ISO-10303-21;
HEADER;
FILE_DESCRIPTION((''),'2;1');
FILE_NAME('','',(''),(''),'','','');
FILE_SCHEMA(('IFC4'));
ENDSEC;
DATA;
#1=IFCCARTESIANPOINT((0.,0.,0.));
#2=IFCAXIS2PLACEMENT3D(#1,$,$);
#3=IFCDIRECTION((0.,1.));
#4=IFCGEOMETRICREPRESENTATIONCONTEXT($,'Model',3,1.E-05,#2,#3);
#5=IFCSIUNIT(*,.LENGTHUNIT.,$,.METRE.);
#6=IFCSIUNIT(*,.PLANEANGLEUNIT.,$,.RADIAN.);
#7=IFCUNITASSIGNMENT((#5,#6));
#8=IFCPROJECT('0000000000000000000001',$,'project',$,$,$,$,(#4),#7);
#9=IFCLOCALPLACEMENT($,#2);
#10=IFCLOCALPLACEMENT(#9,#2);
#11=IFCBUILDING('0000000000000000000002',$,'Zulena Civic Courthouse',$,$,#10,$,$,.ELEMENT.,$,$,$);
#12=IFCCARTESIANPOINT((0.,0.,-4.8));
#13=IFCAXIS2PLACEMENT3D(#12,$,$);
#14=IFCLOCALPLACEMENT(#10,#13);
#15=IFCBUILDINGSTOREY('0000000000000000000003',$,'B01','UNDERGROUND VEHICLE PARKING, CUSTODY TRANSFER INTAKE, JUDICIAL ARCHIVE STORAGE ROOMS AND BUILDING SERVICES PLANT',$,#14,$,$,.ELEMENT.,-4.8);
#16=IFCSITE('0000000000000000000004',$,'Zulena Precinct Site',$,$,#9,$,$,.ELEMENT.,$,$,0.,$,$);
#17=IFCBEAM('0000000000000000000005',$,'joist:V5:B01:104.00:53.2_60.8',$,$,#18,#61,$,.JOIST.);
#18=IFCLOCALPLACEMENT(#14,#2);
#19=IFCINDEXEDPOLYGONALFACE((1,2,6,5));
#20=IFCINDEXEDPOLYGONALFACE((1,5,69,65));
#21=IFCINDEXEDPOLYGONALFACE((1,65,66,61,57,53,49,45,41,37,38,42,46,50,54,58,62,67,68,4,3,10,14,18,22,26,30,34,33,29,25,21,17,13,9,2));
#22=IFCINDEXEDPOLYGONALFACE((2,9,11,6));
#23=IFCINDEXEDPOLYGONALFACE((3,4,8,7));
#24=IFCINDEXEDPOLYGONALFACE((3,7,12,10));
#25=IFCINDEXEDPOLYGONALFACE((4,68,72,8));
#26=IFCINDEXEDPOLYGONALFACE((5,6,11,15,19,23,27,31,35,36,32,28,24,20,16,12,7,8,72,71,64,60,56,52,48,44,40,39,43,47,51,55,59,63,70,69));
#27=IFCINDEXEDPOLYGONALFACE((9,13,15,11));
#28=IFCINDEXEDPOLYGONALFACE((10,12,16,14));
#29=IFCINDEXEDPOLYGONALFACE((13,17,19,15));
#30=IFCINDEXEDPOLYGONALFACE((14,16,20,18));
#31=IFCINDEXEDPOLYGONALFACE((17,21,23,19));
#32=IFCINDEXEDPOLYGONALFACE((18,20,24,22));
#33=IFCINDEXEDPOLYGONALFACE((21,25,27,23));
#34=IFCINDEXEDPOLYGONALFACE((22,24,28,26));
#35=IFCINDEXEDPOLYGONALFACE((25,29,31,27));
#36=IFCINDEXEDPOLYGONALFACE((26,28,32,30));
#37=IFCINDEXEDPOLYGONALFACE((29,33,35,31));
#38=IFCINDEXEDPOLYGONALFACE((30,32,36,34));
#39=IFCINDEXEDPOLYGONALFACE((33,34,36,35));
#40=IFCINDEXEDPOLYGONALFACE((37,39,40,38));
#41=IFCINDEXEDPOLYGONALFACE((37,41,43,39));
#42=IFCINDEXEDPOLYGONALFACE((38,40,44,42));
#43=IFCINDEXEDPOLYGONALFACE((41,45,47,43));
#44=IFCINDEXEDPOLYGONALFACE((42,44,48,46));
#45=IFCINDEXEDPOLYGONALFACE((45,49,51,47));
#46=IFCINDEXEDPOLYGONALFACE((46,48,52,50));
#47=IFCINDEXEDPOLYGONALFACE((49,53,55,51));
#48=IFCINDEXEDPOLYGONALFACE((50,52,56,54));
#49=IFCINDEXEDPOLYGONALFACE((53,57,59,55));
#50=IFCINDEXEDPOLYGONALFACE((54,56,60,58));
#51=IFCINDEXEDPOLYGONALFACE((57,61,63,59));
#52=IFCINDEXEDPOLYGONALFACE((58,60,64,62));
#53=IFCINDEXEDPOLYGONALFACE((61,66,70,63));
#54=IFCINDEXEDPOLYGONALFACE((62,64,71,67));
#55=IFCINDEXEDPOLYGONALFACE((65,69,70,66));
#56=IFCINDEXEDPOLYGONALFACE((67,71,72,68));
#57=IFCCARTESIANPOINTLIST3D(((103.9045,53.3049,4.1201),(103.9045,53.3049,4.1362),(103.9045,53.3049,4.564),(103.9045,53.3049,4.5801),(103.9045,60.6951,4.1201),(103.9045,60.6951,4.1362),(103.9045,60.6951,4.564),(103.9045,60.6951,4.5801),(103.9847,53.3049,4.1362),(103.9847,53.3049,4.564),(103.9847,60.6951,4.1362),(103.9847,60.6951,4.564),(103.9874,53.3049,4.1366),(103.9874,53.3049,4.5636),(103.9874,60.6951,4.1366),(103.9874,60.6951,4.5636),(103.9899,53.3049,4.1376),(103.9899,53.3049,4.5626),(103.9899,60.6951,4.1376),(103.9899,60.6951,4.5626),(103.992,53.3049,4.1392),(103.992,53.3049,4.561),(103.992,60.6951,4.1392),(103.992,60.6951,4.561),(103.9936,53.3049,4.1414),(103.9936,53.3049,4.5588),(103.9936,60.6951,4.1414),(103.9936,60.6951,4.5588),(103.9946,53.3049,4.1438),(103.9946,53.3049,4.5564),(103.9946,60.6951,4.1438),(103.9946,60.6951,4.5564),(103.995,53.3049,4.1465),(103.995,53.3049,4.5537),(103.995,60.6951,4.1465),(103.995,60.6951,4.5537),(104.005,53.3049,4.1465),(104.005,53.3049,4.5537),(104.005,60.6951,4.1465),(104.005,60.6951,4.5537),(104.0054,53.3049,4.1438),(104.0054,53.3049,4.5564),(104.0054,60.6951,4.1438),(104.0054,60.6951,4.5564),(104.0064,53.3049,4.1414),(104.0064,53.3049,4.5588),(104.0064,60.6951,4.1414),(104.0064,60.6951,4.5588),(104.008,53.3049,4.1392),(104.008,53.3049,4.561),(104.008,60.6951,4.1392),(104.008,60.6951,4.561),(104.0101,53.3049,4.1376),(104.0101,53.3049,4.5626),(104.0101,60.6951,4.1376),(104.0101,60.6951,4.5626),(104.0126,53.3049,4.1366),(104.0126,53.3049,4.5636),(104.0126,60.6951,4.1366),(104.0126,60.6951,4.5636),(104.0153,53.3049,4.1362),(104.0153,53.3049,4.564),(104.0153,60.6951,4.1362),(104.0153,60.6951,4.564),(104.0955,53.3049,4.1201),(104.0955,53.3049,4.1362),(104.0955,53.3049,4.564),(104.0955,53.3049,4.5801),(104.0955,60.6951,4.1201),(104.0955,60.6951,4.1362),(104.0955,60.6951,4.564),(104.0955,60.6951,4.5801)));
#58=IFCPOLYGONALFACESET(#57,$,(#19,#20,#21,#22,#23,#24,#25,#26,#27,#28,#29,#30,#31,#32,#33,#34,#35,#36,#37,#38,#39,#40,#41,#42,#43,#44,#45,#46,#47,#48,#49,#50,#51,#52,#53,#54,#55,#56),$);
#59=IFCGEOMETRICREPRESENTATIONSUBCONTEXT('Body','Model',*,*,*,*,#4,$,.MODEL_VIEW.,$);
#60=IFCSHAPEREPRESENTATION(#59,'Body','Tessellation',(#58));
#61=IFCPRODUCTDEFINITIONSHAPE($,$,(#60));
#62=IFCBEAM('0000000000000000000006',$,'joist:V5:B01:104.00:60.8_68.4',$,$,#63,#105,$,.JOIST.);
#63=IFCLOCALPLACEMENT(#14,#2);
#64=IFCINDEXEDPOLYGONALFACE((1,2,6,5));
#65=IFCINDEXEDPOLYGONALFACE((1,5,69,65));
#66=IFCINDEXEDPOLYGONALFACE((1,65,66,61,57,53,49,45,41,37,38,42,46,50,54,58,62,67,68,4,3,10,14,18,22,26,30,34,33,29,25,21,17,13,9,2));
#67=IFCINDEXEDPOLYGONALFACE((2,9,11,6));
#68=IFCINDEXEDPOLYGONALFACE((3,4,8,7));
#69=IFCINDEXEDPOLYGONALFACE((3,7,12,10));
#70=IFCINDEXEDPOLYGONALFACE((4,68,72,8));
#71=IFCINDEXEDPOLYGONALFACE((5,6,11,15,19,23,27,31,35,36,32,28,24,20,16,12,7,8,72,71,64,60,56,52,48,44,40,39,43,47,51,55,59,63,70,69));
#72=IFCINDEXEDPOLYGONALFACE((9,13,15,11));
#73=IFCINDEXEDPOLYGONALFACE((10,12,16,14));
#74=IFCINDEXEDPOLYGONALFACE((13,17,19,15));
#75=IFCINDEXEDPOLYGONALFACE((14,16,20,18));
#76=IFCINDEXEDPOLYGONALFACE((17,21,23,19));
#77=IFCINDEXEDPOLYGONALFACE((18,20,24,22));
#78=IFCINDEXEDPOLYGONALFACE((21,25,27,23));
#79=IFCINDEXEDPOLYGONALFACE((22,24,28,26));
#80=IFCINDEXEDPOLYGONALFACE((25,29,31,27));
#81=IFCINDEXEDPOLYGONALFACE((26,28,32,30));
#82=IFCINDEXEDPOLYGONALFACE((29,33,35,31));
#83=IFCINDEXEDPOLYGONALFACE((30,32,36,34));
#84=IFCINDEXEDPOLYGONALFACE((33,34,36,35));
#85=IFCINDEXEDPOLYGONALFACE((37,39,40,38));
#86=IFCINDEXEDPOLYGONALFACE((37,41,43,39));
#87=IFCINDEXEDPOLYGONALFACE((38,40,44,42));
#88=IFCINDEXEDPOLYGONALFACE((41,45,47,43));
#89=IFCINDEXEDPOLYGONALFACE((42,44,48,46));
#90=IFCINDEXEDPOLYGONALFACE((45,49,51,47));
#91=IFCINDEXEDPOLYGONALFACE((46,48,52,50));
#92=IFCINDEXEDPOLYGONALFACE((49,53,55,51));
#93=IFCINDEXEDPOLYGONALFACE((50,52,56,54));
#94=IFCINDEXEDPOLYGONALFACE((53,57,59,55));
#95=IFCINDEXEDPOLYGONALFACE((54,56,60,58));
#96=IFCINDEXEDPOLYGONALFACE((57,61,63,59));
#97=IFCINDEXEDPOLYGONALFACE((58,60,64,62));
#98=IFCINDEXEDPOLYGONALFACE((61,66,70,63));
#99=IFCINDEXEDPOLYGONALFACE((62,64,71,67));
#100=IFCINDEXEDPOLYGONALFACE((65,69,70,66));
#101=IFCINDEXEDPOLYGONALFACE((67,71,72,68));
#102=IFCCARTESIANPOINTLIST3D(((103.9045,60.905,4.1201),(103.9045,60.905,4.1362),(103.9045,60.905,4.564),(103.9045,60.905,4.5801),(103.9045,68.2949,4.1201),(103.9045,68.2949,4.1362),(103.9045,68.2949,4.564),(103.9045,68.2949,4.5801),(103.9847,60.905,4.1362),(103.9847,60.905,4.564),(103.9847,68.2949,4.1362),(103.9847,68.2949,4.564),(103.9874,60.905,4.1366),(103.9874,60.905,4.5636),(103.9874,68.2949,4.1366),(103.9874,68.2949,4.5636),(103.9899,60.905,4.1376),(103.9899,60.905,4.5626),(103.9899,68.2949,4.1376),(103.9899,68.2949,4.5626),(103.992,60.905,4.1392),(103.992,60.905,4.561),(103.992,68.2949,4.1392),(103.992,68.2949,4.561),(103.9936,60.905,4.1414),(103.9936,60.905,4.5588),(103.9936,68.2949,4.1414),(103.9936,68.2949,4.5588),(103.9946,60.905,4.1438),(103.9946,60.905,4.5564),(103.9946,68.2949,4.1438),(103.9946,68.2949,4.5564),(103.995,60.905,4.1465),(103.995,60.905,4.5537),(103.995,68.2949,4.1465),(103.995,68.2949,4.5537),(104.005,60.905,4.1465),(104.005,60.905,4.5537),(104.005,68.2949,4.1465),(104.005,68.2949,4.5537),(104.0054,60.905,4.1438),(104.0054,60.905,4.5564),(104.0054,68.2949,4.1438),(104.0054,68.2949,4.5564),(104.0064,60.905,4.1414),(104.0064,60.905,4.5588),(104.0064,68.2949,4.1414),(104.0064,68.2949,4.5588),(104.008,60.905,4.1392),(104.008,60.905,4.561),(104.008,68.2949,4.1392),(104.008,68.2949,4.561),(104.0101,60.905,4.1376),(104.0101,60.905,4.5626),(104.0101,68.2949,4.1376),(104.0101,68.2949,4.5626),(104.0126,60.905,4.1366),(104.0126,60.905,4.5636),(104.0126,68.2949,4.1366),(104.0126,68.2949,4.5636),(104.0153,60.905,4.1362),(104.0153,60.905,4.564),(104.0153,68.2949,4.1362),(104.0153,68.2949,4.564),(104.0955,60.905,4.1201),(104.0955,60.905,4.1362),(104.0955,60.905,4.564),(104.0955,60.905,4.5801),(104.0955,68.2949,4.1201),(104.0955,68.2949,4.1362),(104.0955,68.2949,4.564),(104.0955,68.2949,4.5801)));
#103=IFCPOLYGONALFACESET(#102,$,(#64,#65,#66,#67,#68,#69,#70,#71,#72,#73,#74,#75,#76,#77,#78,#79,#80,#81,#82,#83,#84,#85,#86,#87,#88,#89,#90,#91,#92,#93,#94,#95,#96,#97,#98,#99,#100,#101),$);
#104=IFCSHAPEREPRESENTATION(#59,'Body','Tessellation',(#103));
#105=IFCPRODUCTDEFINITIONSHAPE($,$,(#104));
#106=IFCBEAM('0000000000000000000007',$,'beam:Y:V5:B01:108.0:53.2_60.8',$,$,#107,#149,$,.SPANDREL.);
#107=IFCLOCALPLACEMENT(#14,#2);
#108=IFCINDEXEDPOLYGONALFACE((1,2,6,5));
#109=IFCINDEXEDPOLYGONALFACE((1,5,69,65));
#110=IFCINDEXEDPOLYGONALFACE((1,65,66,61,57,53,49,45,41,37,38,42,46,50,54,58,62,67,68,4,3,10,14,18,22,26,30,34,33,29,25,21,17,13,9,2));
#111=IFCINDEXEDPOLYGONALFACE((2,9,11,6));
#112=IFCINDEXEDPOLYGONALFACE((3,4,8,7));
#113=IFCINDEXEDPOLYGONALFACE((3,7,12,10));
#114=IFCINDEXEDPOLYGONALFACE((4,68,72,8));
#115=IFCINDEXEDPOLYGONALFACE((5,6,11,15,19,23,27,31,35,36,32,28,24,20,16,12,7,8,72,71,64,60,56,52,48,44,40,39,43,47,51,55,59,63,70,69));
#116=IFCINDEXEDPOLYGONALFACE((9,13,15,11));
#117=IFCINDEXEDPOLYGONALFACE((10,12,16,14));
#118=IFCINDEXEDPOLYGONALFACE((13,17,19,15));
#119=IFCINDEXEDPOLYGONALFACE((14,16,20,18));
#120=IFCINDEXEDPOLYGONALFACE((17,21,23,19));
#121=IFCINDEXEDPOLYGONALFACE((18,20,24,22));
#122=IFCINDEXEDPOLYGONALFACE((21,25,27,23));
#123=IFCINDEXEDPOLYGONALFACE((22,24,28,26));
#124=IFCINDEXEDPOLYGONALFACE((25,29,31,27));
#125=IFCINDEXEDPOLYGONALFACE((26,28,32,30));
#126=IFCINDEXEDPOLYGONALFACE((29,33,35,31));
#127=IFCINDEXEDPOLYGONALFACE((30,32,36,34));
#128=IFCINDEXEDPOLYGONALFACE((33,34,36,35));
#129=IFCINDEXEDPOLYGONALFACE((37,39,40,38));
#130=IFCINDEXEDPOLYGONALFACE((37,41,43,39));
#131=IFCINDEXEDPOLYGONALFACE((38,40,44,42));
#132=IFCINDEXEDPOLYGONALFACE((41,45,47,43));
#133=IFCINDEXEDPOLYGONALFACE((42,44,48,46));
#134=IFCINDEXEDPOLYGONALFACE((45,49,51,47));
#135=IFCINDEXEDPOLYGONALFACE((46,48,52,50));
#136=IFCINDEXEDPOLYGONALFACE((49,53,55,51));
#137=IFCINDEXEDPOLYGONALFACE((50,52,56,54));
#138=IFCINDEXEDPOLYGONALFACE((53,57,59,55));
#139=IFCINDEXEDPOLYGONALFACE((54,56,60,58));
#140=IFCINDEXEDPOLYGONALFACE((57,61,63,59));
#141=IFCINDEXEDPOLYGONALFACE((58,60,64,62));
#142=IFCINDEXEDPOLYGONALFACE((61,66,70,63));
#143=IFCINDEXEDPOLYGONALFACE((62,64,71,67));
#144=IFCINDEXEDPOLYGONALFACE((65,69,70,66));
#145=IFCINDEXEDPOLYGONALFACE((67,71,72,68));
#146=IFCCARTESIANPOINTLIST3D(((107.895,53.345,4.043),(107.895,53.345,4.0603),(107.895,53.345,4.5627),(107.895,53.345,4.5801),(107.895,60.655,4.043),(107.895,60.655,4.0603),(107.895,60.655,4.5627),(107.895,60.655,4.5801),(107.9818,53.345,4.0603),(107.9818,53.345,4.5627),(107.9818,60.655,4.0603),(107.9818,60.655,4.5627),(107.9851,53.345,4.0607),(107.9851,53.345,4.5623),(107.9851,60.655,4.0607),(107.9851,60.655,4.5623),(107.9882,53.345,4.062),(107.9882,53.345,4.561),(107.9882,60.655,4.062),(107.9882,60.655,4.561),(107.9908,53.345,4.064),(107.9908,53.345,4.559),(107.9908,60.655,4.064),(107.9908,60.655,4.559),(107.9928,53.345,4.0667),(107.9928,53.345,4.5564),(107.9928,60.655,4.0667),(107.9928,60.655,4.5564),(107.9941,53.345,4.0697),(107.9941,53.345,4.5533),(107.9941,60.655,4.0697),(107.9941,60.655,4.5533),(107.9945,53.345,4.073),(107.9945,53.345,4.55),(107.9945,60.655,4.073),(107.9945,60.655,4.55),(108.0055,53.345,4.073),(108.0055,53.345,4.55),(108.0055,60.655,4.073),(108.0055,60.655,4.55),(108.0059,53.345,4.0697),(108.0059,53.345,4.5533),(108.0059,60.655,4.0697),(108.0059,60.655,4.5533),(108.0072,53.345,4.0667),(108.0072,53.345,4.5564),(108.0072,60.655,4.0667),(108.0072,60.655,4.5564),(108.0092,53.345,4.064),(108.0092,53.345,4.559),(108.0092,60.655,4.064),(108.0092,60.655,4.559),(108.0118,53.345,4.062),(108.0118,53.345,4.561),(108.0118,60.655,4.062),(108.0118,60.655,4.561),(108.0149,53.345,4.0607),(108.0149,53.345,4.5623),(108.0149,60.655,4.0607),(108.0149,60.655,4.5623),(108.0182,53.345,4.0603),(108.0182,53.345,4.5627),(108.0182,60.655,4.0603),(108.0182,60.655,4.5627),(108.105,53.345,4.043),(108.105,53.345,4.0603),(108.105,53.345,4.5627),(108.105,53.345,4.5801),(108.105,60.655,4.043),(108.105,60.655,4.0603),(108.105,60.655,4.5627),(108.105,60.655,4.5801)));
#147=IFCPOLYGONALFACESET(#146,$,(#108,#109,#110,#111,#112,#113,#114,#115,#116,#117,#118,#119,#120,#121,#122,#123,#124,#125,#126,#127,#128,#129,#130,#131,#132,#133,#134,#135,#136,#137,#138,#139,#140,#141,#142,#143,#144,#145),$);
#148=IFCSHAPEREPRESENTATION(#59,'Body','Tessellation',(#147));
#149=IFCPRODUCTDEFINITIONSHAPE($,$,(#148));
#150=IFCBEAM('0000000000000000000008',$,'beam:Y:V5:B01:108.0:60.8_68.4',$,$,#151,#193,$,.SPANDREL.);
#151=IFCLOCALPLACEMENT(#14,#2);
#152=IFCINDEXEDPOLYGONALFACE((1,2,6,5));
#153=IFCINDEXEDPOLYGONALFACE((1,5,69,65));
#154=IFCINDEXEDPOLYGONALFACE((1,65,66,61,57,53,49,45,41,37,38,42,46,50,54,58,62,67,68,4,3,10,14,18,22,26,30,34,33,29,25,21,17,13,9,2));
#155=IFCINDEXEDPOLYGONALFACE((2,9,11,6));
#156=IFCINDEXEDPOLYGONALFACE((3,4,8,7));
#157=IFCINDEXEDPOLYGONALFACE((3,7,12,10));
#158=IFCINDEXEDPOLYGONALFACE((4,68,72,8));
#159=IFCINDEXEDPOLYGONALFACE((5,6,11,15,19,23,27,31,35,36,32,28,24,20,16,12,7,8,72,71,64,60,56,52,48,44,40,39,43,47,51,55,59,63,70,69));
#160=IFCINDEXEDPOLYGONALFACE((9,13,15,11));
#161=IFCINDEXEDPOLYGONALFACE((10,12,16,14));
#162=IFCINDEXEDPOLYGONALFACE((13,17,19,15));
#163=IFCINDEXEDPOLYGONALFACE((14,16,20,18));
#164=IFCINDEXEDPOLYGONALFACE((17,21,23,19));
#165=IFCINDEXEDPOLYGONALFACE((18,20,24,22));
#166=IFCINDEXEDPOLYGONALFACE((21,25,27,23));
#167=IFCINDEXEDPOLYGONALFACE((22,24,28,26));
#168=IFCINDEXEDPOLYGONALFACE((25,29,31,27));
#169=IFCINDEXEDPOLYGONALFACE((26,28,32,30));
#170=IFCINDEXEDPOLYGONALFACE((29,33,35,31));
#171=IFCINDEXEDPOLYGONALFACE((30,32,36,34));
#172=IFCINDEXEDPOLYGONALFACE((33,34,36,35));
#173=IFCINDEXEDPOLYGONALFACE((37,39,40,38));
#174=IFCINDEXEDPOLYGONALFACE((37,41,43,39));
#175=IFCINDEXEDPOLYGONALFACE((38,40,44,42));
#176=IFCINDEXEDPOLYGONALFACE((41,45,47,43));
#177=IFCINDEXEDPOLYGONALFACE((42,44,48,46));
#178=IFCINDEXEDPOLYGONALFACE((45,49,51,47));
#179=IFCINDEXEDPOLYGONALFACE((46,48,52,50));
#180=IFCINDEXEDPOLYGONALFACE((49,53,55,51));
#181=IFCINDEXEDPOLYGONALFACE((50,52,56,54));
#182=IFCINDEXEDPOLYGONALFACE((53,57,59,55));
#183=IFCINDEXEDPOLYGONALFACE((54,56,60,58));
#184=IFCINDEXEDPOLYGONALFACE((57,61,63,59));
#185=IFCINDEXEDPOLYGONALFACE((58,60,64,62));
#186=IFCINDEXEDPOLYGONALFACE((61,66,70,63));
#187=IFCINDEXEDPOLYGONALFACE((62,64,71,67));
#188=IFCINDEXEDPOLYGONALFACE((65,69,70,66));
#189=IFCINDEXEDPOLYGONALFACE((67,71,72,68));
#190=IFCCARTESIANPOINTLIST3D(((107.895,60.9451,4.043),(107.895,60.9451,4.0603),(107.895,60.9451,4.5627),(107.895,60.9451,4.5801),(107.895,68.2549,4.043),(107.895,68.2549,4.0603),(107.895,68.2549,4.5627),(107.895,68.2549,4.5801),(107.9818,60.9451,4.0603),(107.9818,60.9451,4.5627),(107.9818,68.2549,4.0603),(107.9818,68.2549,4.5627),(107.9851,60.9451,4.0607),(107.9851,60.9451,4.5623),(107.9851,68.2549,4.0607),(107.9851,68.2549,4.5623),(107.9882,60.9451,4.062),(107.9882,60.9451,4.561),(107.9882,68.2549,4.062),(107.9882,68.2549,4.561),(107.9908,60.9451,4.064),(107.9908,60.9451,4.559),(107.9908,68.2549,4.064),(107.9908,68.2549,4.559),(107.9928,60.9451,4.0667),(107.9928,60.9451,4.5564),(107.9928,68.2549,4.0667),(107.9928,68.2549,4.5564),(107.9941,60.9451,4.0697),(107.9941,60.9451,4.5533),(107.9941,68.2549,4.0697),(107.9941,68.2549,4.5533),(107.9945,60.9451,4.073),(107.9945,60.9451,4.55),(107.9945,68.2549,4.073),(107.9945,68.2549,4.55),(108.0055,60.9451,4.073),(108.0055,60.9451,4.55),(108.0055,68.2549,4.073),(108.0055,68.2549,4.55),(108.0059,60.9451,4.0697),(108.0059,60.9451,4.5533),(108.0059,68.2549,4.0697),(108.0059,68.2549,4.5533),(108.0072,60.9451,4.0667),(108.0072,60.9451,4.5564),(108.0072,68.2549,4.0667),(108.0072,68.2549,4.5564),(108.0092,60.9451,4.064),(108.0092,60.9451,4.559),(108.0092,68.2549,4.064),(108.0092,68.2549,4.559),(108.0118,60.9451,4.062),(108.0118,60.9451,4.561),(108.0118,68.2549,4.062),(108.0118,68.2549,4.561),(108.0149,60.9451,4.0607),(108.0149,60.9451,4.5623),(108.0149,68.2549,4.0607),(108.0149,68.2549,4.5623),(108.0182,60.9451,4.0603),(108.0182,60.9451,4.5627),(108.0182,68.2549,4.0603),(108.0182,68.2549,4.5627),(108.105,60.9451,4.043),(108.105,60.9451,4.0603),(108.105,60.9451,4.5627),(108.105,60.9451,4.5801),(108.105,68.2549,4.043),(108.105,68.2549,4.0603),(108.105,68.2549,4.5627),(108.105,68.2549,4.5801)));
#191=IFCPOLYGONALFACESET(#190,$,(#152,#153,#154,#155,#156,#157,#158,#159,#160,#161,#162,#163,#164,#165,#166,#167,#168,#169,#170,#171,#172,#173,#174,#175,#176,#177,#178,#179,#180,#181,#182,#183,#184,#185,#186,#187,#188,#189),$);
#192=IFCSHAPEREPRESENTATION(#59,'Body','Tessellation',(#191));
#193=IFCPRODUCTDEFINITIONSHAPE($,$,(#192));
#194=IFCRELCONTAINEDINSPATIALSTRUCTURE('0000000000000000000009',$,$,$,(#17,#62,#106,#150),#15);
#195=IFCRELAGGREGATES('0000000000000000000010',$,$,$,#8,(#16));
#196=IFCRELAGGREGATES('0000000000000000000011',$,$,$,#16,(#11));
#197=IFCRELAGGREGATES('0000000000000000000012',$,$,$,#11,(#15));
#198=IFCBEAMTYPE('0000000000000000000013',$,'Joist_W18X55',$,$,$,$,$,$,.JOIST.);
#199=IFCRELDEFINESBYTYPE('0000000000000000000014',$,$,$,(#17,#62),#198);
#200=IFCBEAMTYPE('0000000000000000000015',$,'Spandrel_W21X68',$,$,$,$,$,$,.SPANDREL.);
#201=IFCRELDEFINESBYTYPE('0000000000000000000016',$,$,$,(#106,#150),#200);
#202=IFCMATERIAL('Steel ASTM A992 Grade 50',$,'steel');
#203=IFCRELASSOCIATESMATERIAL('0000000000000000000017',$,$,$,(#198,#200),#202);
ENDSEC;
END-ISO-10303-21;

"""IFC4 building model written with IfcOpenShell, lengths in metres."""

from ifc_helpers import new_model, si_unit, direction, frame, origin, origin_2d, place, context, subcontext, project, spatial, i_section, extrude, material, material_profile, profile_set, type_object, element, save


model = new_model("IFC4")

# Units and contexts
model_context = context("Model", 3, precision=1e-05, world=origin(), true_north=direction((0.0, 1.0)))
body_context = subcontext(model_context, "Body", "Model", "MODEL_VIEW")
ifc_project = project(units=[si_unit("LENGTHUNIT", "METRE"), si_unit("PLANEANGLEUNIT", "RADIAN")], contexts=[model_context])

# Site, building, storey
site_placement = place(None, origin())
site = spatial("IfcSite", under=ifc_project, at=site_placement, Name="Zulena Precinct Site", CompositionType="ELEMENT", RefElevation=0.0)
building_placement = place(site_placement, origin())
building = spatial("IfcBuilding", under=site, at=building_placement, Name="Zulena Civic Courthouse", CompositionType="ELEMENT")
storey_placement = place(building_placement, frame((0.0, 0.0, -4.8)))
storey = spatial("IfcBuildingStorey", under=building, at=storey_placement, Name="B01", Description="UNDERGROUND VEHICLE PARKING, CUSTODY TRANSFER INTAKE, JUDICIAL ARCHIVE STORAGE ROOMS AND BUILDING SERVICES PLANT", CompositionType="ELEMENT", Elevation=-4.8)

# Shared definitions
ifc_material_1 = material(Name="Steel ASTM A992 Grade 50", Category="steel")

# Beams
ifc_material_profile_1 = material_profile(ifc_material_1, i_section(OverallWidth=0.1909, OverallDepth=0.46, WebThickness=0.01, FlangeThickness=0.0161, FilletRadius=0.0103, at=origin_2d()), Name="W18X55")
ifc_profile_set_1 = profile_set([ifc_material_profile_1], Name="Steel ASTM A992 Grade 50")
beam_type_1 = type_object("IfcBeamType", Name="Joist_W18X55", PredefinedType="JOIST", material=ifc_profile_set_1)
beam_1_placement = place(storey_placement, frame((104.0, 53.3049, 4.3501), z_axis=(0.0, 1.0, 0.0), x_axis=(-1.0, 0.0, 0.0)))
element("IfcBeam", 1, at=beam_1_placement, inside=storey, type_object=beam_type_1, Name="joist:V5:B01:104.00:53.2_60.8", PredefinedType="JOIST", context=body_context, shape_type="SweptSolid", body=[
    extrude(i_section(OverallWidth=0.1909, OverallDepth=0.46, WebThickness=0.01, FlangeThickness=0.0161, FilletRadius=0.0103, at=origin_2d()), origin(), (0.0, 0.0, 1.0), 7.3901),
])
beam_2_placement = place(storey_placement, frame((104.0, 60.905, 4.3501), z_axis=(0.0, 1.0, 0.0), x_axis=(-1.0, 0.0, 0.0)))
element("IfcBeam", 2, at=beam_2_placement, inside=storey, type_object=beam_type_1, Name="joist:V5:B01:104.00:60.8_68.4", PredefinedType="JOIST", context=body_context, shape_type="SweptSolid", body=[
    extrude(i_section(OverallWidth=0.1909, OverallDepth=0.46, WebThickness=0.01, FlangeThickness=0.0161, FilletRadius=0.0103, at=origin_2d()), origin(), (0.0, 0.0, 1.0), 7.3899),
])
ifc_material_profile_2 = material_profile(ifc_material_1, i_section(OverallWidth=0.21, OverallDepth=0.5371, WebThickness=0.011, FlangeThickness=0.0173, FilletRadius=0.0127, at=origin_2d()), Name="W21X68")
ifc_profile_set_2 = profile_set([ifc_material_profile_2], Name="Steel ASTM A992 Grade 50")
beam_type_2 = type_object("IfcBeamType", Name="Spandrel_W21X68", PredefinedType="SPANDREL", material=ifc_profile_set_2)
beam_3_placement = place(storey_placement, frame((108.0, 53.345, 4.3115), z_axis=(0.0, 1.0, 0.0), x_axis=(-1.0, 0.0, 0.0)))
element("IfcBeam", 3, at=beam_3_placement, inside=storey, type_object=beam_type_2, Name="beam:Y:V5:B01:108.0:53.2_60.8", PredefinedType="SPANDREL", context=body_context, shape_type="SweptSolid", body=[
    extrude(i_section(OverallWidth=0.21, OverallDepth=0.5371, WebThickness=0.011, FlangeThickness=0.0173, FilletRadius=0.0127, at=origin_2d()), origin(), (0.0, 0.0, 1.0), 7.3101),
])
beam_4_placement = place(storey_placement, frame((108.0, 60.9451, 4.3115), z_axis=(0.0, 1.0, 0.0), x_axis=(-1.0, 0.0, 0.0)))
element("IfcBeam", 4, at=beam_4_placement, inside=storey, type_object=beam_type_2, Name="beam:Y:V5:B01:108.0:60.8_68.4", PredefinedType="SPANDREL", context=body_context, shape_type="SweptSolid", body=[
    extrude(i_section(OverallWidth=0.21, OverallDepth=0.5371, WebThickness=0.011, FlangeThickness=0.0173, FilletRadius=0.0127, at=origin_2d()), origin(), (0.0, 0.0, 1.0), 7.3098),
])

save(model, "model.ifc")
